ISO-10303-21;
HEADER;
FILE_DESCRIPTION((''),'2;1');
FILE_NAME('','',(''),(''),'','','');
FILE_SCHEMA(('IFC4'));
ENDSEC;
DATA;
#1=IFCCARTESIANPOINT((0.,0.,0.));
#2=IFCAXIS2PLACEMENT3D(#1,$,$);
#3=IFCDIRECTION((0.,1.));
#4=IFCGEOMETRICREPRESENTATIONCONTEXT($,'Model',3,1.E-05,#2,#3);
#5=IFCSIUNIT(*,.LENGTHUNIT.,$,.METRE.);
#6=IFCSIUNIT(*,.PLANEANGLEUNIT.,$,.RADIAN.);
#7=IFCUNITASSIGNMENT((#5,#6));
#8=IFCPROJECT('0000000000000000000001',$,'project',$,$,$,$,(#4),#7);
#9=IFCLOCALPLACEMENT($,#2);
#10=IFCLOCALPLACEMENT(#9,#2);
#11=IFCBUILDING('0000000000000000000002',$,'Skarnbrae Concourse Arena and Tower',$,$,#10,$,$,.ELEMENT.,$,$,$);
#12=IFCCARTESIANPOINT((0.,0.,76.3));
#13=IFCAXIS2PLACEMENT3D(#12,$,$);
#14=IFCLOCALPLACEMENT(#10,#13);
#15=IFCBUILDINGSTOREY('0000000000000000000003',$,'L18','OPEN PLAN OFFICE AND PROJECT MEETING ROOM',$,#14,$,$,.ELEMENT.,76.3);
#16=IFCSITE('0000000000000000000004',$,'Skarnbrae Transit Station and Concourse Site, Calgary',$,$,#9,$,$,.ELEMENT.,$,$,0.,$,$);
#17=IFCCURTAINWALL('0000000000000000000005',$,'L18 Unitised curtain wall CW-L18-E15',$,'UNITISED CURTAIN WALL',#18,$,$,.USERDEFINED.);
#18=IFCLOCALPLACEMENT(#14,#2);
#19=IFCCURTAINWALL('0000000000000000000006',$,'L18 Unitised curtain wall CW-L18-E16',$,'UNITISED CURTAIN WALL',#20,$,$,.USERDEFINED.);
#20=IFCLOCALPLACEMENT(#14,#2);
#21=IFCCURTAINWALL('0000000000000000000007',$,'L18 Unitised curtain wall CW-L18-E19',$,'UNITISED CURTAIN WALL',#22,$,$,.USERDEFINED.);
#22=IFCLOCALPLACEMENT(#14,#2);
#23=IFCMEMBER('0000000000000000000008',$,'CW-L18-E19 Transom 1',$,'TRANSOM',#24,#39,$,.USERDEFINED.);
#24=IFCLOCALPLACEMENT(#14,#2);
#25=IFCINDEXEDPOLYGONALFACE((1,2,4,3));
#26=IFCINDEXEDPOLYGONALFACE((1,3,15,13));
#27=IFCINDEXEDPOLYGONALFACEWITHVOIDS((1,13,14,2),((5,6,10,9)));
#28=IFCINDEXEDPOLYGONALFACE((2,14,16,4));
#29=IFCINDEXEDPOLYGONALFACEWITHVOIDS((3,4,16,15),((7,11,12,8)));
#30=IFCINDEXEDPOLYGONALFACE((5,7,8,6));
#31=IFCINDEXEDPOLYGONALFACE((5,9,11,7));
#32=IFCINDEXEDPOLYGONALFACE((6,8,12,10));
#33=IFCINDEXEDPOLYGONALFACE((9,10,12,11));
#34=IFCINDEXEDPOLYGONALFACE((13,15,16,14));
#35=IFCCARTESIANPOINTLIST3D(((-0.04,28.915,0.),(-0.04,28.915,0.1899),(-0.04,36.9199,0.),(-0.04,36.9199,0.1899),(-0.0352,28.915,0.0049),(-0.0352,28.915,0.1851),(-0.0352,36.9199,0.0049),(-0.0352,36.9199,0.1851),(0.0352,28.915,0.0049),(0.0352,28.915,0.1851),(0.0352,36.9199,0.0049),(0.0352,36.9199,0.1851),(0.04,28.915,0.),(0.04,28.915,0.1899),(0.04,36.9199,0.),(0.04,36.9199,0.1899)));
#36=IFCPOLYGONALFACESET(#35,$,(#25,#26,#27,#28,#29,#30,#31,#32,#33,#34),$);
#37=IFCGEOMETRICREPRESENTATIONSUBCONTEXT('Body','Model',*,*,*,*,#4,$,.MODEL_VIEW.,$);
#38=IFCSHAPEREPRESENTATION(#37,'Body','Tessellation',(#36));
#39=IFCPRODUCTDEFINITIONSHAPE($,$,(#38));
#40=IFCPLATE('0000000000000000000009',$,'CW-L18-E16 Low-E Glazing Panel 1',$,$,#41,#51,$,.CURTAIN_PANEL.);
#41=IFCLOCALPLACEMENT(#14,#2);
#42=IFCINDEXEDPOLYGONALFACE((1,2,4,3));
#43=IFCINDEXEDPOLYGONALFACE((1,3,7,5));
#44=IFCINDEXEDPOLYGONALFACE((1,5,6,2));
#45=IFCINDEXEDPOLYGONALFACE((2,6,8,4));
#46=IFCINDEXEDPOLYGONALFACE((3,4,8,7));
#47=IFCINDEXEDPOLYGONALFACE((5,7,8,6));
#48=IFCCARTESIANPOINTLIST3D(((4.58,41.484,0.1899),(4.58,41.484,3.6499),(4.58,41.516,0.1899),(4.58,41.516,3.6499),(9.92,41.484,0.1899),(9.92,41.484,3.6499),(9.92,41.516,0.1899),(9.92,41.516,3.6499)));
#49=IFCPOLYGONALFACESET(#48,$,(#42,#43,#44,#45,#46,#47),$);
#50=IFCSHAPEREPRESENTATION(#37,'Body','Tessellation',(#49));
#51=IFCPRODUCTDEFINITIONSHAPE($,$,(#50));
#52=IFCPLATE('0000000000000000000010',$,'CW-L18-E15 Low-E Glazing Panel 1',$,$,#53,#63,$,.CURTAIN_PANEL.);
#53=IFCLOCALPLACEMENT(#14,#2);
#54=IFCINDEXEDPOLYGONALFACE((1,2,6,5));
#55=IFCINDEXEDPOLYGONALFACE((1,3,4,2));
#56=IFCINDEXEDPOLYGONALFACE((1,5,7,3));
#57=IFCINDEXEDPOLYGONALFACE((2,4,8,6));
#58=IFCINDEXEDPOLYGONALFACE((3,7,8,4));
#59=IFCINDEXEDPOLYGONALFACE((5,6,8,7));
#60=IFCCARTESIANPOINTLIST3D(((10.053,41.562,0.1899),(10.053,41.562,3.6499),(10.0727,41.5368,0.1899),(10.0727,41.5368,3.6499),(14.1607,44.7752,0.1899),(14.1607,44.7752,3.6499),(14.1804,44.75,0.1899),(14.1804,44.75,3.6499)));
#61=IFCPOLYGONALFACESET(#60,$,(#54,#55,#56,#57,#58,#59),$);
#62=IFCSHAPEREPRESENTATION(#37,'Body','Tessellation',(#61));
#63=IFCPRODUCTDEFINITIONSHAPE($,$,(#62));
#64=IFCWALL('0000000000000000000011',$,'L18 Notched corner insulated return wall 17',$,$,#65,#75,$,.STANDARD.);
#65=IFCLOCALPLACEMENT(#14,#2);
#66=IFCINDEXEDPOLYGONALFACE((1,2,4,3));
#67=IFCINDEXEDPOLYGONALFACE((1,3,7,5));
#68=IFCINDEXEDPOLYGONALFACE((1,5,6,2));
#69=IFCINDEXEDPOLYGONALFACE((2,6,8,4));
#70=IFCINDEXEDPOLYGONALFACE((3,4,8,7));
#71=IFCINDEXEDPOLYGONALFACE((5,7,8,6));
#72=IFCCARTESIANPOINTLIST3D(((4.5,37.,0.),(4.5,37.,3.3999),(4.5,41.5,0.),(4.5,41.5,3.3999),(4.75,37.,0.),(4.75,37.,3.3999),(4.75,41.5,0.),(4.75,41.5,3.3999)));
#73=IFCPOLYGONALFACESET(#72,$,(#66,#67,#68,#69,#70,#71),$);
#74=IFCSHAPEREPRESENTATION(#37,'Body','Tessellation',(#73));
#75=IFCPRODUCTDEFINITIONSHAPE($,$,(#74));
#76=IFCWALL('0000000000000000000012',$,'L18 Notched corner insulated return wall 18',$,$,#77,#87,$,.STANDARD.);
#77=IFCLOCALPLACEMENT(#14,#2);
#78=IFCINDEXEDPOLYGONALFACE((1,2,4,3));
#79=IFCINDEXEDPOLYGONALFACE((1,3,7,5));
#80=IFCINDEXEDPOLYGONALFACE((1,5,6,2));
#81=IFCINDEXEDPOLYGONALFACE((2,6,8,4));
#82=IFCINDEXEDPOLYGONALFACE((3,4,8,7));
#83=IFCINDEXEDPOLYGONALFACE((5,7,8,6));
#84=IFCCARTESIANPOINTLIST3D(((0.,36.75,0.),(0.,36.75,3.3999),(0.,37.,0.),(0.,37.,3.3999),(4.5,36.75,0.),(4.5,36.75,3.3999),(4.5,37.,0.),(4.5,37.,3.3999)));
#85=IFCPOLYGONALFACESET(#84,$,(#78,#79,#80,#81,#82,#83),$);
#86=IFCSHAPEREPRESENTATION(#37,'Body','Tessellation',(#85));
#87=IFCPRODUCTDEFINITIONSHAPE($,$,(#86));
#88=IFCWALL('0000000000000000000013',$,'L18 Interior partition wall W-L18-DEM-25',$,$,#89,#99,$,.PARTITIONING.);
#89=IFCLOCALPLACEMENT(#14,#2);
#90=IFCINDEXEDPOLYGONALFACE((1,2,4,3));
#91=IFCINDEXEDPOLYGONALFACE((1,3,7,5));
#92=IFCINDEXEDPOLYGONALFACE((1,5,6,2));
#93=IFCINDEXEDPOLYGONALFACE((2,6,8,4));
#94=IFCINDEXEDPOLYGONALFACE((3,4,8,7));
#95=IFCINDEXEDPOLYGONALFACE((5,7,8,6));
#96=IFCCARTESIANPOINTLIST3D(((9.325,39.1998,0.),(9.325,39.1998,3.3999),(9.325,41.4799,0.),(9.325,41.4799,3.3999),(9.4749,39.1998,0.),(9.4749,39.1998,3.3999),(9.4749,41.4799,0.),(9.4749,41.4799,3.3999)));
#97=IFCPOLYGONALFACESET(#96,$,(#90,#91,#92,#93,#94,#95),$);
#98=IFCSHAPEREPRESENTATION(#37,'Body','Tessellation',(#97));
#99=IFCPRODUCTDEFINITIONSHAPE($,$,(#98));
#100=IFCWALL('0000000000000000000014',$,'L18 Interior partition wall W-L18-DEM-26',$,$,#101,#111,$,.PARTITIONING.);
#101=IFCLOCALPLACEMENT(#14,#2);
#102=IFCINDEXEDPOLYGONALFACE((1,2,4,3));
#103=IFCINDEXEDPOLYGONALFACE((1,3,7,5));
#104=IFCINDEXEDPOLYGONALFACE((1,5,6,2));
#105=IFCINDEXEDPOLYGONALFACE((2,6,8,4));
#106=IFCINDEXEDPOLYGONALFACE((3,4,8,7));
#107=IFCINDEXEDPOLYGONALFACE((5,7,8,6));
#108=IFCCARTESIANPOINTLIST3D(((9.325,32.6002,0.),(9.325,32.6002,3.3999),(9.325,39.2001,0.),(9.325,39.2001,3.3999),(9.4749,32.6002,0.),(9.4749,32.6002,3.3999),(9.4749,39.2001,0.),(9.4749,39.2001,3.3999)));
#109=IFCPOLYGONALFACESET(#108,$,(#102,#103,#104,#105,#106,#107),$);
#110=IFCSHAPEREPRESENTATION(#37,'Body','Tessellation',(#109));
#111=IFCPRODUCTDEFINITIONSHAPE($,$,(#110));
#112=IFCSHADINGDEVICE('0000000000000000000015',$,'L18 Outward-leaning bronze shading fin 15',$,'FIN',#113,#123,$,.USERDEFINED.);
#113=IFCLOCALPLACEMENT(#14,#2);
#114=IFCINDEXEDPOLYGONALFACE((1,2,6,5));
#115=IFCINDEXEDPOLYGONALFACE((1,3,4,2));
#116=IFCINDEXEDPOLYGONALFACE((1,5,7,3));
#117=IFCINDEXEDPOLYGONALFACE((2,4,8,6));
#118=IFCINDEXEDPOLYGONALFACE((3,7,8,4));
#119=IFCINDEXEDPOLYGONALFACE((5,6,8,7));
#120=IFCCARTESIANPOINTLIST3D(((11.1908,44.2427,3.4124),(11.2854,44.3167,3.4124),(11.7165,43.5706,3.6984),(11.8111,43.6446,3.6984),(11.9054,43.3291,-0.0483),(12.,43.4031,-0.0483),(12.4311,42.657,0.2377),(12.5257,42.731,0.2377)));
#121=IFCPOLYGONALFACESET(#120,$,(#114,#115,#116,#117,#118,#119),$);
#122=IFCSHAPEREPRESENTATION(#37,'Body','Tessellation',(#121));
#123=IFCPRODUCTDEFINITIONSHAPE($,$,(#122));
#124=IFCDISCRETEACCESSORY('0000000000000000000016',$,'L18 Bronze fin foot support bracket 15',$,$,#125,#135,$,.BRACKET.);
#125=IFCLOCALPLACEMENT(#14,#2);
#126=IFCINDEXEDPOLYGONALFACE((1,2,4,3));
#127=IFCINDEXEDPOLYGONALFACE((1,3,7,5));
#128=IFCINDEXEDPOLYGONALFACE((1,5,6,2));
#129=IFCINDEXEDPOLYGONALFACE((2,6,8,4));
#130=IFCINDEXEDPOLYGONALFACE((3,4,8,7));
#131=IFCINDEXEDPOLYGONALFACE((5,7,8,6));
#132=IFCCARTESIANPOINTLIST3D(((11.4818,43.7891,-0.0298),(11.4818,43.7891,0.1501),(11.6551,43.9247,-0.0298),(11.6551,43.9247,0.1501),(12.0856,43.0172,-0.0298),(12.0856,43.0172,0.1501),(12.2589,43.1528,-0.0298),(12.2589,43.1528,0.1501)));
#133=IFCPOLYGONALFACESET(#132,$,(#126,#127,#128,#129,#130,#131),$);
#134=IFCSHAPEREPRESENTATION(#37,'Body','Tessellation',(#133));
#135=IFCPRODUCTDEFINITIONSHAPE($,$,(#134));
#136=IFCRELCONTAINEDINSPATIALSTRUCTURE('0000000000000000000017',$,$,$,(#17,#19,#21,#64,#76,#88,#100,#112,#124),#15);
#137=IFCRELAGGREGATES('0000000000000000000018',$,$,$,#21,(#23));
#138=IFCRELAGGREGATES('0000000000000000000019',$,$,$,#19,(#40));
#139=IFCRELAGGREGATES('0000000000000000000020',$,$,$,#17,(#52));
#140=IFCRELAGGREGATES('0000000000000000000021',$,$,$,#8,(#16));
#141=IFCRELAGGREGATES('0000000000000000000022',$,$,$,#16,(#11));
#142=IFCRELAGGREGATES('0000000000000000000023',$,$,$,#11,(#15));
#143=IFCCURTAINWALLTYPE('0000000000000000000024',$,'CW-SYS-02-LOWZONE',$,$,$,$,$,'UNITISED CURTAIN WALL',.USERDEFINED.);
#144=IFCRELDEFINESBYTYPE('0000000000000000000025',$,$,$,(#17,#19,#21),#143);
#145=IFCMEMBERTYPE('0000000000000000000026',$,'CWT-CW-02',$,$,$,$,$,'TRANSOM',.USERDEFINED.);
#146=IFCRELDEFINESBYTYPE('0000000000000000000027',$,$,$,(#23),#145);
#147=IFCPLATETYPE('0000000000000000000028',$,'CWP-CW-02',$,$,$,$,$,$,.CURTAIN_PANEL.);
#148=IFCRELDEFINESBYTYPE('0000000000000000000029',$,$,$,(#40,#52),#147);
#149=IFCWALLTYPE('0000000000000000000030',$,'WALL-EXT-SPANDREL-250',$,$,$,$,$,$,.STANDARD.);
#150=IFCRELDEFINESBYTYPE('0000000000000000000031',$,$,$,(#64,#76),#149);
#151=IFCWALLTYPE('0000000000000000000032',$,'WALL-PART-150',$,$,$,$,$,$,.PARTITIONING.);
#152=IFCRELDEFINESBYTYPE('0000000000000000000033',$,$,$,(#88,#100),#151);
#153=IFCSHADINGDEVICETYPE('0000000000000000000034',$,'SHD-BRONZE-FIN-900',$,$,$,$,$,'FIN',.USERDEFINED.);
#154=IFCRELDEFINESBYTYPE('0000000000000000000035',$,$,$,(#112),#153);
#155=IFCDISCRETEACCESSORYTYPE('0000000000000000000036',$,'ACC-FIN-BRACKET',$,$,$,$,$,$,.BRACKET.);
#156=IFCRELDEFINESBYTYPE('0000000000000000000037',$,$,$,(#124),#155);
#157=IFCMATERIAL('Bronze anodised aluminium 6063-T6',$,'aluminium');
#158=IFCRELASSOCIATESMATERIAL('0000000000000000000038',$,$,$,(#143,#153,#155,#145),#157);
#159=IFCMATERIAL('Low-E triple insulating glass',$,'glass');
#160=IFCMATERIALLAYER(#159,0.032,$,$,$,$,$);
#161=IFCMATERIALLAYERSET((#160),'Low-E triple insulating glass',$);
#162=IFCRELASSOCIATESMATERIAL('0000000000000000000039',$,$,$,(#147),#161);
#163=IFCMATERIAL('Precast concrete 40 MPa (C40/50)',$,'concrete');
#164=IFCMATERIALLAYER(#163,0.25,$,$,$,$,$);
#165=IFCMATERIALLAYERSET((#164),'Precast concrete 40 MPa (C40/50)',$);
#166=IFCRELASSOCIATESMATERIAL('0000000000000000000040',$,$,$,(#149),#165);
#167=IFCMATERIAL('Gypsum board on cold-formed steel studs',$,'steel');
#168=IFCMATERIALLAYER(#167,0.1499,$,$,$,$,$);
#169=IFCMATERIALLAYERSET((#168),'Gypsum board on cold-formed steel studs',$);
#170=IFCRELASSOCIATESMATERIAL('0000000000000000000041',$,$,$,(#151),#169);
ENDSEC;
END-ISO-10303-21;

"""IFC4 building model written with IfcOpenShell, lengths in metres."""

from ifc_helpers import new_model, si_unit, direction, frame, frame_2d, origin, origin_2d, place, context, subcontext, project, spatial, rectangle, hollow_rectangle, extrude, source, transform, mapped, material, layer, layer_set, material_profile, profile_set, type_object, element, aggregate, save


model = new_model("IFC4")

# Units and contexts
model_context = context("Model", 3, precision=1e-05, world=origin(), true_north=direction((0.0, 1.0)))
body_context = subcontext(model_context, "Body", "Model", "MODEL_VIEW")
ifc_project = project(units=[si_unit("LENGTHUNIT", "METRE"), si_unit("PLANEANGLEUNIT", "RADIAN")], contexts=[model_context])

# Site, building, storey
site_placement = place(None, origin())
site = spatial("IfcSite", under=ifc_project, at=site_placement, Name="Skarnbrae Transit Station and Concourse Site, Calgary", CompositionType="ELEMENT", RefElevation=0.0)
building_placement = place(site_placement, origin())
building = spatial("IfcBuilding", under=site, at=building_placement, Name="Skarnbrae Concourse Arena and Tower", CompositionType="ELEMENT")
storey_placement = place(building_placement, frame((0.0, 0.0, 76.3)))
storey = spatial("IfcBuildingStorey", under=building, at=storey_placement, Name="L18", Description="OPEN PLAN OFFICE AND PROJECT MEETING ROOM", CompositionType="ELEMENT", Elevation=76.3)

# Shared definitions
ifc_material_1 = material(Name="Bronze anodised aluminium 6063-T6", Category="aluminium")
curtain_wall_type = type_object("IfcCurtainWallType", Name="CW-SYS-02-LOWZONE", ElementType="UNITISED CURTAIN WALL", PredefinedType="USERDEFINED", material=ifc_material_1)

# Curtain walls
curtain_wall_1_placement = place(storey_placement, origin())
curtain_wall_1 = element("IfcCurtainWall", 1, at=curtain_wall_1_placement, inside=storey, type_object=curtain_wall_type, Name="L18 Unitised curtain wall CW-L18-E15", ObjectType="UNITISED CURTAIN WALL", PredefinedType="USERDEFINED")
curtain_wall_2_placement = place(storey_placement, origin())
curtain_wall_2 = element("IfcCurtainWall", 2, at=curtain_wall_2_placement, inside=storey, type_object=curtain_wall_type, Name="L18 Unitised curtain wall CW-L18-E16", ObjectType="UNITISED CURTAIN WALL", PredefinedType="USERDEFINED")

# Curtain wall
curtain_wall_3_placement = place(storey_placement, origin())
curtain_wall_3 = element("IfcCurtainWall", 3, at=curtain_wall_3_placement, inside=storey, type_object=curtain_wall_type, Name="L18 Unitised curtain wall CW-L18-E19", ObjectType="UNITISED CURTAIN WALL", PredefinedType="USERDEFINED")

# Member
ifc_material_profile_1 = material_profile(ifc_material_1, hollow_rectangle(XDim=0.0801, YDim=0.1899, WallThickness=0.0049, at=origin_2d()), Name="ALU-TRAN-80X190")
ifc_profile_set_1 = profile_set([ifc_material_profile_1], Name="Bronze anodised aluminium 6063-T6")
member_type_1 = type_object("IfcMemberType", Name="CWT-CW-02", ElementType="TRANSOM", PredefinedType="USERDEFINED", material=ifc_profile_set_1)
shared_shape_1 = source(origin(), body_context, "Body", "SweptSolid", [
    extrude(hollow_rectangle(XDim=0.0801, YDim=0.1899, WallThickness=0.0049, at=origin_2d()), origin(), (0.0, 0.0, 1.0), 8.0049),
])
member_1_placement = place(storey_placement, frame((0.0, 36.9199, 0.095), z_axis=(0.0, -1.0, 0.0), x_axis=(1.0, 0.0, 0.0)))
member_1 = element("IfcMember", 4, at=member_1_placement, type_object=member_type_1, Name="CW-L18-E19 Transom 1", ObjectType="TRANSOM", PredefinedType="USERDEFINED", context=body_context, shape_type="MappedRepresentation", body=[
    mapped(shared_shape_1, transform((0.0, 0.0, 0.0))),
])
aggregate(curtain_wall_3, [member_1])

# Plates
ifc_material_2 = material(Name="Low-E triple insulating glass", Category="glass")
ifc_layer_1 = layer(ifc_material_2, 0.032)
ifc_layer_set_1 = layer_set([ifc_layer_1], Name="Low-E triple insulating glass")
plate_type = type_object("IfcPlateType", Name="CWP-CW-02", PredefinedType="CURTAIN_PANEL", material=ifc_layer_set_1)
shared_shape_2 = source(origin(), body_context, "Body", "SweptSolid", [
    extrude(rectangle(XDim=5.3401, YDim=0.032, at=origin_2d()), origin(), (0.0, 0.0, 1.0), 3.46),
])
plate_1_placement = place(storey_placement, frame((7.25, 41.5, 0.1899), z_axis=(0.0, 0.0, 1.0), x_axis=(-1.0, 0.0, 0.0)))
plate_1 = element("IfcPlate", 5, at=plate_1_placement, type_object=plate_type, Name="CW-L18-E16 Low-E Glazing Panel 1", PredefinedType="CURTAIN_PANEL", context=body_context, shape_type="MappedRepresentation", body=[
    mapped(shared_shape_2, transform((0.0, 0.0, 0.0))),
])
aggregate(curtain_wall_2, [plate_1])
shared_shape_3 = source(origin(), body_context, "Body", "SweptSolid", [
    extrude(rectangle(XDim=5.2151, YDim=0.032, at=origin_2d()), origin(), (0.0, 0.0, 1.0), 3.46),
])
plate_2_placement = place(storey_placement, frame((12.1167, 43.156, 0.1899), z_axis=(0.0, 0.0, 1.0), x_axis=(-0.787652, -0.616121, 0.0)))
plate_2 = element("IfcPlate", 6, at=plate_2_placement, type_object=plate_type, Name="CW-L18-E15 Low-E Glazing Panel 1", PredefinedType="CURTAIN_PANEL", context=body_context, shape_type="MappedRepresentation", body=[
    mapped(shared_shape_3, transform((0.0, 0.0, 0.0))),
])
aggregate(curtain_wall_1, [plate_2])

# Walls
ifc_material_3 = material(Name="Precast concrete 40 MPa (C40/50)", Category="concrete")
ifc_layer_2 = layer(ifc_material_3, 0.25)
ifc_layer_set_2 = layer_set([ifc_layer_2], Name="Precast concrete 40 MPa (C40/50)")
wall_type_1 = type_object("IfcWallType", Name="WALL-EXT-SPANDREL-250", PredefinedType="STANDARD", material=ifc_layer_set_2)
shared_shape_4 = source(origin(), body_context, "Body", "SweptSolid", [
    extrude(rectangle(XDim=4.5, YDim=0.25, at=frame_2d((2.25, 0.0))), origin(), (0.0, 0.0, 1.0), 3.3999),
])
for number, where, z_axis, x_axis, name in (
    (7, (4.625, 41.5, 0.0), (0.0, 0.0, 1.0), (0.0, -1.0, 0.0), "L18 Notched corner insulated return wall 17"),
    (8, (4.5, 36.875, 0.0), (0.0, 0.0, 1.0), (-1.0, 0.0, 0.0), "L18 Notched corner insulated return wall 18"),
):
    element("IfcWall", number, at=place(storey_placement, frame(where, z_axis=z_axis, x_axis=x_axis)), inside=storey, type_object=wall_type_1, Name=name, PredefinedType="STANDARD", context=body_context, shape_type="MappedRepresentation", body=[
        mapped(shared_shape_4, transform((0.0, 0.0, 0.0))),
    ])
ifc_material_4 = material(Name="Gypsum board on cold-formed steel studs", Category="steel")
ifc_layer_3 = layer(ifc_material_4, 0.1499)
ifc_layer_set_3 = layer_set([ifc_layer_3], Name="Gypsum board on cold-formed steel studs")
wall_type_2 = type_object("IfcWallType", Name="WALL-PART-150", PredefinedType="PARTITIONING", material=ifc_layer_set_3)
shared_shape_5 = source(origin(), body_context, "Body", "SweptSolid", [
    extrude(rectangle(XDim=2.28, YDim=0.1499, at=frame_2d((1.1401, 0.0))), origin(), (0.0, 0.0, 1.0), 3.3999),
])
wall_1_placement = place(storey_placement, frame((9.3999, 41.48, 0.0), z_axis=(0.0, 0.0, 1.0), x_axis=(0.0, -1.0, 0.0)))
element("IfcWall", 9, at=wall_1_placement, inside=storey, type_object=wall_type_2, Name="L18 Interior partition wall W-L18-DEM-25", PredefinedType="PARTITIONING", context=body_context, shape_type="MappedRepresentation", body=[
    mapped(shared_shape_5, transform((0.0, 0.0, 0.0))),
])
shared_shape_6 = source(origin(), body_context, "Body", "SweptSolid", [
    extrude(rectangle(XDim=6.5999, YDim=0.1499, at=frame_2d((3.2998, 0.0))), origin(), (0.0, 0.0, 1.0), 3.3999),
])
wall_2_placement = place(storey_placement, frame((9.3999, 39.2, 0.0), z_axis=(0.0, 0.0, 1.0), x_axis=(0.0, -1.0, 0.0)))
element("IfcWall", 10, at=wall_2_placement, inside=storey, type_object=wall_type_2, Name="L18 Interior partition wall W-L18-DEM-26", PredefinedType="PARTITIONING", context=body_context, shape_type="MappedRepresentation", body=[
    mapped(shared_shape_6, transform((0.0, 0.0, 0.0))),
])

# Shading device
shading_device_type = type_object("IfcShadingDeviceType", Name="SHD-BRONZE-FIN-900", ElementType="FIN", PredefinedType="USERDEFINED", material=ifc_material_1)
shared_shape_7 = source(origin(), body_context, "Body", "SweptSolid", [
    extrude(rectangle(XDim=0.1201, YDim=0.8999, at=origin_2d()), origin(), (0.0, 0.0, 1.0), 3.6499),
])
shading_device_placement = place(storey_placement, frame((12.2156, 43.03, 0.0947), z_axis=(-0.195802, 0.250318, 0.948157), x_axis=(0.787656, 0.616115, 0.0)))
element("IfcShadingDevice", 11, at=shading_device_placement, inside=storey, type_object=shading_device_type, Name="L18 Outward-leaning bronze shading fin 15", ObjectType="FIN", PredefinedType="USERDEFINED", context=body_context, shape_type="MappedRepresentation", body=[
    mapped(shared_shape_7, transform((0.0, 0.0, 0.0))),
])

# Discrete accessory
discrete_accessory_type = type_object("IfcDiscreteAccessoryType", Name="ACC-FIN-BRACKET", PredefinedType="BRACKET", material=ifc_material_1)
shared_shape_8 = source(origin(), body_context, "Body", "SweptSolid", [
    extrude(rectangle(XDim=0.22, YDim=0.98, at=origin_2d()), origin(), (0.0, 0.0, 1.0), 0.1799),
])
discrete_accessory_placement = place(storey_placement, frame((11.8704, 43.4709, -0.0298), z_axis=(0.0, 0.0, 1.0), x_axis=(0.787656, 0.616115, 0.0)))
element("IfcDiscreteAccessory", 12, at=discrete_accessory_placement, inside=storey, type_object=discrete_accessory_type, Name="L18 Bronze fin foot support bracket 15", PredefinedType="BRACKET", context=body_context, shape_type="MappedRepresentation", body=[
    mapped(shared_shape_8, transform((0.0, 0.0, 0.0))),
])

save(model, "model.ifc")
